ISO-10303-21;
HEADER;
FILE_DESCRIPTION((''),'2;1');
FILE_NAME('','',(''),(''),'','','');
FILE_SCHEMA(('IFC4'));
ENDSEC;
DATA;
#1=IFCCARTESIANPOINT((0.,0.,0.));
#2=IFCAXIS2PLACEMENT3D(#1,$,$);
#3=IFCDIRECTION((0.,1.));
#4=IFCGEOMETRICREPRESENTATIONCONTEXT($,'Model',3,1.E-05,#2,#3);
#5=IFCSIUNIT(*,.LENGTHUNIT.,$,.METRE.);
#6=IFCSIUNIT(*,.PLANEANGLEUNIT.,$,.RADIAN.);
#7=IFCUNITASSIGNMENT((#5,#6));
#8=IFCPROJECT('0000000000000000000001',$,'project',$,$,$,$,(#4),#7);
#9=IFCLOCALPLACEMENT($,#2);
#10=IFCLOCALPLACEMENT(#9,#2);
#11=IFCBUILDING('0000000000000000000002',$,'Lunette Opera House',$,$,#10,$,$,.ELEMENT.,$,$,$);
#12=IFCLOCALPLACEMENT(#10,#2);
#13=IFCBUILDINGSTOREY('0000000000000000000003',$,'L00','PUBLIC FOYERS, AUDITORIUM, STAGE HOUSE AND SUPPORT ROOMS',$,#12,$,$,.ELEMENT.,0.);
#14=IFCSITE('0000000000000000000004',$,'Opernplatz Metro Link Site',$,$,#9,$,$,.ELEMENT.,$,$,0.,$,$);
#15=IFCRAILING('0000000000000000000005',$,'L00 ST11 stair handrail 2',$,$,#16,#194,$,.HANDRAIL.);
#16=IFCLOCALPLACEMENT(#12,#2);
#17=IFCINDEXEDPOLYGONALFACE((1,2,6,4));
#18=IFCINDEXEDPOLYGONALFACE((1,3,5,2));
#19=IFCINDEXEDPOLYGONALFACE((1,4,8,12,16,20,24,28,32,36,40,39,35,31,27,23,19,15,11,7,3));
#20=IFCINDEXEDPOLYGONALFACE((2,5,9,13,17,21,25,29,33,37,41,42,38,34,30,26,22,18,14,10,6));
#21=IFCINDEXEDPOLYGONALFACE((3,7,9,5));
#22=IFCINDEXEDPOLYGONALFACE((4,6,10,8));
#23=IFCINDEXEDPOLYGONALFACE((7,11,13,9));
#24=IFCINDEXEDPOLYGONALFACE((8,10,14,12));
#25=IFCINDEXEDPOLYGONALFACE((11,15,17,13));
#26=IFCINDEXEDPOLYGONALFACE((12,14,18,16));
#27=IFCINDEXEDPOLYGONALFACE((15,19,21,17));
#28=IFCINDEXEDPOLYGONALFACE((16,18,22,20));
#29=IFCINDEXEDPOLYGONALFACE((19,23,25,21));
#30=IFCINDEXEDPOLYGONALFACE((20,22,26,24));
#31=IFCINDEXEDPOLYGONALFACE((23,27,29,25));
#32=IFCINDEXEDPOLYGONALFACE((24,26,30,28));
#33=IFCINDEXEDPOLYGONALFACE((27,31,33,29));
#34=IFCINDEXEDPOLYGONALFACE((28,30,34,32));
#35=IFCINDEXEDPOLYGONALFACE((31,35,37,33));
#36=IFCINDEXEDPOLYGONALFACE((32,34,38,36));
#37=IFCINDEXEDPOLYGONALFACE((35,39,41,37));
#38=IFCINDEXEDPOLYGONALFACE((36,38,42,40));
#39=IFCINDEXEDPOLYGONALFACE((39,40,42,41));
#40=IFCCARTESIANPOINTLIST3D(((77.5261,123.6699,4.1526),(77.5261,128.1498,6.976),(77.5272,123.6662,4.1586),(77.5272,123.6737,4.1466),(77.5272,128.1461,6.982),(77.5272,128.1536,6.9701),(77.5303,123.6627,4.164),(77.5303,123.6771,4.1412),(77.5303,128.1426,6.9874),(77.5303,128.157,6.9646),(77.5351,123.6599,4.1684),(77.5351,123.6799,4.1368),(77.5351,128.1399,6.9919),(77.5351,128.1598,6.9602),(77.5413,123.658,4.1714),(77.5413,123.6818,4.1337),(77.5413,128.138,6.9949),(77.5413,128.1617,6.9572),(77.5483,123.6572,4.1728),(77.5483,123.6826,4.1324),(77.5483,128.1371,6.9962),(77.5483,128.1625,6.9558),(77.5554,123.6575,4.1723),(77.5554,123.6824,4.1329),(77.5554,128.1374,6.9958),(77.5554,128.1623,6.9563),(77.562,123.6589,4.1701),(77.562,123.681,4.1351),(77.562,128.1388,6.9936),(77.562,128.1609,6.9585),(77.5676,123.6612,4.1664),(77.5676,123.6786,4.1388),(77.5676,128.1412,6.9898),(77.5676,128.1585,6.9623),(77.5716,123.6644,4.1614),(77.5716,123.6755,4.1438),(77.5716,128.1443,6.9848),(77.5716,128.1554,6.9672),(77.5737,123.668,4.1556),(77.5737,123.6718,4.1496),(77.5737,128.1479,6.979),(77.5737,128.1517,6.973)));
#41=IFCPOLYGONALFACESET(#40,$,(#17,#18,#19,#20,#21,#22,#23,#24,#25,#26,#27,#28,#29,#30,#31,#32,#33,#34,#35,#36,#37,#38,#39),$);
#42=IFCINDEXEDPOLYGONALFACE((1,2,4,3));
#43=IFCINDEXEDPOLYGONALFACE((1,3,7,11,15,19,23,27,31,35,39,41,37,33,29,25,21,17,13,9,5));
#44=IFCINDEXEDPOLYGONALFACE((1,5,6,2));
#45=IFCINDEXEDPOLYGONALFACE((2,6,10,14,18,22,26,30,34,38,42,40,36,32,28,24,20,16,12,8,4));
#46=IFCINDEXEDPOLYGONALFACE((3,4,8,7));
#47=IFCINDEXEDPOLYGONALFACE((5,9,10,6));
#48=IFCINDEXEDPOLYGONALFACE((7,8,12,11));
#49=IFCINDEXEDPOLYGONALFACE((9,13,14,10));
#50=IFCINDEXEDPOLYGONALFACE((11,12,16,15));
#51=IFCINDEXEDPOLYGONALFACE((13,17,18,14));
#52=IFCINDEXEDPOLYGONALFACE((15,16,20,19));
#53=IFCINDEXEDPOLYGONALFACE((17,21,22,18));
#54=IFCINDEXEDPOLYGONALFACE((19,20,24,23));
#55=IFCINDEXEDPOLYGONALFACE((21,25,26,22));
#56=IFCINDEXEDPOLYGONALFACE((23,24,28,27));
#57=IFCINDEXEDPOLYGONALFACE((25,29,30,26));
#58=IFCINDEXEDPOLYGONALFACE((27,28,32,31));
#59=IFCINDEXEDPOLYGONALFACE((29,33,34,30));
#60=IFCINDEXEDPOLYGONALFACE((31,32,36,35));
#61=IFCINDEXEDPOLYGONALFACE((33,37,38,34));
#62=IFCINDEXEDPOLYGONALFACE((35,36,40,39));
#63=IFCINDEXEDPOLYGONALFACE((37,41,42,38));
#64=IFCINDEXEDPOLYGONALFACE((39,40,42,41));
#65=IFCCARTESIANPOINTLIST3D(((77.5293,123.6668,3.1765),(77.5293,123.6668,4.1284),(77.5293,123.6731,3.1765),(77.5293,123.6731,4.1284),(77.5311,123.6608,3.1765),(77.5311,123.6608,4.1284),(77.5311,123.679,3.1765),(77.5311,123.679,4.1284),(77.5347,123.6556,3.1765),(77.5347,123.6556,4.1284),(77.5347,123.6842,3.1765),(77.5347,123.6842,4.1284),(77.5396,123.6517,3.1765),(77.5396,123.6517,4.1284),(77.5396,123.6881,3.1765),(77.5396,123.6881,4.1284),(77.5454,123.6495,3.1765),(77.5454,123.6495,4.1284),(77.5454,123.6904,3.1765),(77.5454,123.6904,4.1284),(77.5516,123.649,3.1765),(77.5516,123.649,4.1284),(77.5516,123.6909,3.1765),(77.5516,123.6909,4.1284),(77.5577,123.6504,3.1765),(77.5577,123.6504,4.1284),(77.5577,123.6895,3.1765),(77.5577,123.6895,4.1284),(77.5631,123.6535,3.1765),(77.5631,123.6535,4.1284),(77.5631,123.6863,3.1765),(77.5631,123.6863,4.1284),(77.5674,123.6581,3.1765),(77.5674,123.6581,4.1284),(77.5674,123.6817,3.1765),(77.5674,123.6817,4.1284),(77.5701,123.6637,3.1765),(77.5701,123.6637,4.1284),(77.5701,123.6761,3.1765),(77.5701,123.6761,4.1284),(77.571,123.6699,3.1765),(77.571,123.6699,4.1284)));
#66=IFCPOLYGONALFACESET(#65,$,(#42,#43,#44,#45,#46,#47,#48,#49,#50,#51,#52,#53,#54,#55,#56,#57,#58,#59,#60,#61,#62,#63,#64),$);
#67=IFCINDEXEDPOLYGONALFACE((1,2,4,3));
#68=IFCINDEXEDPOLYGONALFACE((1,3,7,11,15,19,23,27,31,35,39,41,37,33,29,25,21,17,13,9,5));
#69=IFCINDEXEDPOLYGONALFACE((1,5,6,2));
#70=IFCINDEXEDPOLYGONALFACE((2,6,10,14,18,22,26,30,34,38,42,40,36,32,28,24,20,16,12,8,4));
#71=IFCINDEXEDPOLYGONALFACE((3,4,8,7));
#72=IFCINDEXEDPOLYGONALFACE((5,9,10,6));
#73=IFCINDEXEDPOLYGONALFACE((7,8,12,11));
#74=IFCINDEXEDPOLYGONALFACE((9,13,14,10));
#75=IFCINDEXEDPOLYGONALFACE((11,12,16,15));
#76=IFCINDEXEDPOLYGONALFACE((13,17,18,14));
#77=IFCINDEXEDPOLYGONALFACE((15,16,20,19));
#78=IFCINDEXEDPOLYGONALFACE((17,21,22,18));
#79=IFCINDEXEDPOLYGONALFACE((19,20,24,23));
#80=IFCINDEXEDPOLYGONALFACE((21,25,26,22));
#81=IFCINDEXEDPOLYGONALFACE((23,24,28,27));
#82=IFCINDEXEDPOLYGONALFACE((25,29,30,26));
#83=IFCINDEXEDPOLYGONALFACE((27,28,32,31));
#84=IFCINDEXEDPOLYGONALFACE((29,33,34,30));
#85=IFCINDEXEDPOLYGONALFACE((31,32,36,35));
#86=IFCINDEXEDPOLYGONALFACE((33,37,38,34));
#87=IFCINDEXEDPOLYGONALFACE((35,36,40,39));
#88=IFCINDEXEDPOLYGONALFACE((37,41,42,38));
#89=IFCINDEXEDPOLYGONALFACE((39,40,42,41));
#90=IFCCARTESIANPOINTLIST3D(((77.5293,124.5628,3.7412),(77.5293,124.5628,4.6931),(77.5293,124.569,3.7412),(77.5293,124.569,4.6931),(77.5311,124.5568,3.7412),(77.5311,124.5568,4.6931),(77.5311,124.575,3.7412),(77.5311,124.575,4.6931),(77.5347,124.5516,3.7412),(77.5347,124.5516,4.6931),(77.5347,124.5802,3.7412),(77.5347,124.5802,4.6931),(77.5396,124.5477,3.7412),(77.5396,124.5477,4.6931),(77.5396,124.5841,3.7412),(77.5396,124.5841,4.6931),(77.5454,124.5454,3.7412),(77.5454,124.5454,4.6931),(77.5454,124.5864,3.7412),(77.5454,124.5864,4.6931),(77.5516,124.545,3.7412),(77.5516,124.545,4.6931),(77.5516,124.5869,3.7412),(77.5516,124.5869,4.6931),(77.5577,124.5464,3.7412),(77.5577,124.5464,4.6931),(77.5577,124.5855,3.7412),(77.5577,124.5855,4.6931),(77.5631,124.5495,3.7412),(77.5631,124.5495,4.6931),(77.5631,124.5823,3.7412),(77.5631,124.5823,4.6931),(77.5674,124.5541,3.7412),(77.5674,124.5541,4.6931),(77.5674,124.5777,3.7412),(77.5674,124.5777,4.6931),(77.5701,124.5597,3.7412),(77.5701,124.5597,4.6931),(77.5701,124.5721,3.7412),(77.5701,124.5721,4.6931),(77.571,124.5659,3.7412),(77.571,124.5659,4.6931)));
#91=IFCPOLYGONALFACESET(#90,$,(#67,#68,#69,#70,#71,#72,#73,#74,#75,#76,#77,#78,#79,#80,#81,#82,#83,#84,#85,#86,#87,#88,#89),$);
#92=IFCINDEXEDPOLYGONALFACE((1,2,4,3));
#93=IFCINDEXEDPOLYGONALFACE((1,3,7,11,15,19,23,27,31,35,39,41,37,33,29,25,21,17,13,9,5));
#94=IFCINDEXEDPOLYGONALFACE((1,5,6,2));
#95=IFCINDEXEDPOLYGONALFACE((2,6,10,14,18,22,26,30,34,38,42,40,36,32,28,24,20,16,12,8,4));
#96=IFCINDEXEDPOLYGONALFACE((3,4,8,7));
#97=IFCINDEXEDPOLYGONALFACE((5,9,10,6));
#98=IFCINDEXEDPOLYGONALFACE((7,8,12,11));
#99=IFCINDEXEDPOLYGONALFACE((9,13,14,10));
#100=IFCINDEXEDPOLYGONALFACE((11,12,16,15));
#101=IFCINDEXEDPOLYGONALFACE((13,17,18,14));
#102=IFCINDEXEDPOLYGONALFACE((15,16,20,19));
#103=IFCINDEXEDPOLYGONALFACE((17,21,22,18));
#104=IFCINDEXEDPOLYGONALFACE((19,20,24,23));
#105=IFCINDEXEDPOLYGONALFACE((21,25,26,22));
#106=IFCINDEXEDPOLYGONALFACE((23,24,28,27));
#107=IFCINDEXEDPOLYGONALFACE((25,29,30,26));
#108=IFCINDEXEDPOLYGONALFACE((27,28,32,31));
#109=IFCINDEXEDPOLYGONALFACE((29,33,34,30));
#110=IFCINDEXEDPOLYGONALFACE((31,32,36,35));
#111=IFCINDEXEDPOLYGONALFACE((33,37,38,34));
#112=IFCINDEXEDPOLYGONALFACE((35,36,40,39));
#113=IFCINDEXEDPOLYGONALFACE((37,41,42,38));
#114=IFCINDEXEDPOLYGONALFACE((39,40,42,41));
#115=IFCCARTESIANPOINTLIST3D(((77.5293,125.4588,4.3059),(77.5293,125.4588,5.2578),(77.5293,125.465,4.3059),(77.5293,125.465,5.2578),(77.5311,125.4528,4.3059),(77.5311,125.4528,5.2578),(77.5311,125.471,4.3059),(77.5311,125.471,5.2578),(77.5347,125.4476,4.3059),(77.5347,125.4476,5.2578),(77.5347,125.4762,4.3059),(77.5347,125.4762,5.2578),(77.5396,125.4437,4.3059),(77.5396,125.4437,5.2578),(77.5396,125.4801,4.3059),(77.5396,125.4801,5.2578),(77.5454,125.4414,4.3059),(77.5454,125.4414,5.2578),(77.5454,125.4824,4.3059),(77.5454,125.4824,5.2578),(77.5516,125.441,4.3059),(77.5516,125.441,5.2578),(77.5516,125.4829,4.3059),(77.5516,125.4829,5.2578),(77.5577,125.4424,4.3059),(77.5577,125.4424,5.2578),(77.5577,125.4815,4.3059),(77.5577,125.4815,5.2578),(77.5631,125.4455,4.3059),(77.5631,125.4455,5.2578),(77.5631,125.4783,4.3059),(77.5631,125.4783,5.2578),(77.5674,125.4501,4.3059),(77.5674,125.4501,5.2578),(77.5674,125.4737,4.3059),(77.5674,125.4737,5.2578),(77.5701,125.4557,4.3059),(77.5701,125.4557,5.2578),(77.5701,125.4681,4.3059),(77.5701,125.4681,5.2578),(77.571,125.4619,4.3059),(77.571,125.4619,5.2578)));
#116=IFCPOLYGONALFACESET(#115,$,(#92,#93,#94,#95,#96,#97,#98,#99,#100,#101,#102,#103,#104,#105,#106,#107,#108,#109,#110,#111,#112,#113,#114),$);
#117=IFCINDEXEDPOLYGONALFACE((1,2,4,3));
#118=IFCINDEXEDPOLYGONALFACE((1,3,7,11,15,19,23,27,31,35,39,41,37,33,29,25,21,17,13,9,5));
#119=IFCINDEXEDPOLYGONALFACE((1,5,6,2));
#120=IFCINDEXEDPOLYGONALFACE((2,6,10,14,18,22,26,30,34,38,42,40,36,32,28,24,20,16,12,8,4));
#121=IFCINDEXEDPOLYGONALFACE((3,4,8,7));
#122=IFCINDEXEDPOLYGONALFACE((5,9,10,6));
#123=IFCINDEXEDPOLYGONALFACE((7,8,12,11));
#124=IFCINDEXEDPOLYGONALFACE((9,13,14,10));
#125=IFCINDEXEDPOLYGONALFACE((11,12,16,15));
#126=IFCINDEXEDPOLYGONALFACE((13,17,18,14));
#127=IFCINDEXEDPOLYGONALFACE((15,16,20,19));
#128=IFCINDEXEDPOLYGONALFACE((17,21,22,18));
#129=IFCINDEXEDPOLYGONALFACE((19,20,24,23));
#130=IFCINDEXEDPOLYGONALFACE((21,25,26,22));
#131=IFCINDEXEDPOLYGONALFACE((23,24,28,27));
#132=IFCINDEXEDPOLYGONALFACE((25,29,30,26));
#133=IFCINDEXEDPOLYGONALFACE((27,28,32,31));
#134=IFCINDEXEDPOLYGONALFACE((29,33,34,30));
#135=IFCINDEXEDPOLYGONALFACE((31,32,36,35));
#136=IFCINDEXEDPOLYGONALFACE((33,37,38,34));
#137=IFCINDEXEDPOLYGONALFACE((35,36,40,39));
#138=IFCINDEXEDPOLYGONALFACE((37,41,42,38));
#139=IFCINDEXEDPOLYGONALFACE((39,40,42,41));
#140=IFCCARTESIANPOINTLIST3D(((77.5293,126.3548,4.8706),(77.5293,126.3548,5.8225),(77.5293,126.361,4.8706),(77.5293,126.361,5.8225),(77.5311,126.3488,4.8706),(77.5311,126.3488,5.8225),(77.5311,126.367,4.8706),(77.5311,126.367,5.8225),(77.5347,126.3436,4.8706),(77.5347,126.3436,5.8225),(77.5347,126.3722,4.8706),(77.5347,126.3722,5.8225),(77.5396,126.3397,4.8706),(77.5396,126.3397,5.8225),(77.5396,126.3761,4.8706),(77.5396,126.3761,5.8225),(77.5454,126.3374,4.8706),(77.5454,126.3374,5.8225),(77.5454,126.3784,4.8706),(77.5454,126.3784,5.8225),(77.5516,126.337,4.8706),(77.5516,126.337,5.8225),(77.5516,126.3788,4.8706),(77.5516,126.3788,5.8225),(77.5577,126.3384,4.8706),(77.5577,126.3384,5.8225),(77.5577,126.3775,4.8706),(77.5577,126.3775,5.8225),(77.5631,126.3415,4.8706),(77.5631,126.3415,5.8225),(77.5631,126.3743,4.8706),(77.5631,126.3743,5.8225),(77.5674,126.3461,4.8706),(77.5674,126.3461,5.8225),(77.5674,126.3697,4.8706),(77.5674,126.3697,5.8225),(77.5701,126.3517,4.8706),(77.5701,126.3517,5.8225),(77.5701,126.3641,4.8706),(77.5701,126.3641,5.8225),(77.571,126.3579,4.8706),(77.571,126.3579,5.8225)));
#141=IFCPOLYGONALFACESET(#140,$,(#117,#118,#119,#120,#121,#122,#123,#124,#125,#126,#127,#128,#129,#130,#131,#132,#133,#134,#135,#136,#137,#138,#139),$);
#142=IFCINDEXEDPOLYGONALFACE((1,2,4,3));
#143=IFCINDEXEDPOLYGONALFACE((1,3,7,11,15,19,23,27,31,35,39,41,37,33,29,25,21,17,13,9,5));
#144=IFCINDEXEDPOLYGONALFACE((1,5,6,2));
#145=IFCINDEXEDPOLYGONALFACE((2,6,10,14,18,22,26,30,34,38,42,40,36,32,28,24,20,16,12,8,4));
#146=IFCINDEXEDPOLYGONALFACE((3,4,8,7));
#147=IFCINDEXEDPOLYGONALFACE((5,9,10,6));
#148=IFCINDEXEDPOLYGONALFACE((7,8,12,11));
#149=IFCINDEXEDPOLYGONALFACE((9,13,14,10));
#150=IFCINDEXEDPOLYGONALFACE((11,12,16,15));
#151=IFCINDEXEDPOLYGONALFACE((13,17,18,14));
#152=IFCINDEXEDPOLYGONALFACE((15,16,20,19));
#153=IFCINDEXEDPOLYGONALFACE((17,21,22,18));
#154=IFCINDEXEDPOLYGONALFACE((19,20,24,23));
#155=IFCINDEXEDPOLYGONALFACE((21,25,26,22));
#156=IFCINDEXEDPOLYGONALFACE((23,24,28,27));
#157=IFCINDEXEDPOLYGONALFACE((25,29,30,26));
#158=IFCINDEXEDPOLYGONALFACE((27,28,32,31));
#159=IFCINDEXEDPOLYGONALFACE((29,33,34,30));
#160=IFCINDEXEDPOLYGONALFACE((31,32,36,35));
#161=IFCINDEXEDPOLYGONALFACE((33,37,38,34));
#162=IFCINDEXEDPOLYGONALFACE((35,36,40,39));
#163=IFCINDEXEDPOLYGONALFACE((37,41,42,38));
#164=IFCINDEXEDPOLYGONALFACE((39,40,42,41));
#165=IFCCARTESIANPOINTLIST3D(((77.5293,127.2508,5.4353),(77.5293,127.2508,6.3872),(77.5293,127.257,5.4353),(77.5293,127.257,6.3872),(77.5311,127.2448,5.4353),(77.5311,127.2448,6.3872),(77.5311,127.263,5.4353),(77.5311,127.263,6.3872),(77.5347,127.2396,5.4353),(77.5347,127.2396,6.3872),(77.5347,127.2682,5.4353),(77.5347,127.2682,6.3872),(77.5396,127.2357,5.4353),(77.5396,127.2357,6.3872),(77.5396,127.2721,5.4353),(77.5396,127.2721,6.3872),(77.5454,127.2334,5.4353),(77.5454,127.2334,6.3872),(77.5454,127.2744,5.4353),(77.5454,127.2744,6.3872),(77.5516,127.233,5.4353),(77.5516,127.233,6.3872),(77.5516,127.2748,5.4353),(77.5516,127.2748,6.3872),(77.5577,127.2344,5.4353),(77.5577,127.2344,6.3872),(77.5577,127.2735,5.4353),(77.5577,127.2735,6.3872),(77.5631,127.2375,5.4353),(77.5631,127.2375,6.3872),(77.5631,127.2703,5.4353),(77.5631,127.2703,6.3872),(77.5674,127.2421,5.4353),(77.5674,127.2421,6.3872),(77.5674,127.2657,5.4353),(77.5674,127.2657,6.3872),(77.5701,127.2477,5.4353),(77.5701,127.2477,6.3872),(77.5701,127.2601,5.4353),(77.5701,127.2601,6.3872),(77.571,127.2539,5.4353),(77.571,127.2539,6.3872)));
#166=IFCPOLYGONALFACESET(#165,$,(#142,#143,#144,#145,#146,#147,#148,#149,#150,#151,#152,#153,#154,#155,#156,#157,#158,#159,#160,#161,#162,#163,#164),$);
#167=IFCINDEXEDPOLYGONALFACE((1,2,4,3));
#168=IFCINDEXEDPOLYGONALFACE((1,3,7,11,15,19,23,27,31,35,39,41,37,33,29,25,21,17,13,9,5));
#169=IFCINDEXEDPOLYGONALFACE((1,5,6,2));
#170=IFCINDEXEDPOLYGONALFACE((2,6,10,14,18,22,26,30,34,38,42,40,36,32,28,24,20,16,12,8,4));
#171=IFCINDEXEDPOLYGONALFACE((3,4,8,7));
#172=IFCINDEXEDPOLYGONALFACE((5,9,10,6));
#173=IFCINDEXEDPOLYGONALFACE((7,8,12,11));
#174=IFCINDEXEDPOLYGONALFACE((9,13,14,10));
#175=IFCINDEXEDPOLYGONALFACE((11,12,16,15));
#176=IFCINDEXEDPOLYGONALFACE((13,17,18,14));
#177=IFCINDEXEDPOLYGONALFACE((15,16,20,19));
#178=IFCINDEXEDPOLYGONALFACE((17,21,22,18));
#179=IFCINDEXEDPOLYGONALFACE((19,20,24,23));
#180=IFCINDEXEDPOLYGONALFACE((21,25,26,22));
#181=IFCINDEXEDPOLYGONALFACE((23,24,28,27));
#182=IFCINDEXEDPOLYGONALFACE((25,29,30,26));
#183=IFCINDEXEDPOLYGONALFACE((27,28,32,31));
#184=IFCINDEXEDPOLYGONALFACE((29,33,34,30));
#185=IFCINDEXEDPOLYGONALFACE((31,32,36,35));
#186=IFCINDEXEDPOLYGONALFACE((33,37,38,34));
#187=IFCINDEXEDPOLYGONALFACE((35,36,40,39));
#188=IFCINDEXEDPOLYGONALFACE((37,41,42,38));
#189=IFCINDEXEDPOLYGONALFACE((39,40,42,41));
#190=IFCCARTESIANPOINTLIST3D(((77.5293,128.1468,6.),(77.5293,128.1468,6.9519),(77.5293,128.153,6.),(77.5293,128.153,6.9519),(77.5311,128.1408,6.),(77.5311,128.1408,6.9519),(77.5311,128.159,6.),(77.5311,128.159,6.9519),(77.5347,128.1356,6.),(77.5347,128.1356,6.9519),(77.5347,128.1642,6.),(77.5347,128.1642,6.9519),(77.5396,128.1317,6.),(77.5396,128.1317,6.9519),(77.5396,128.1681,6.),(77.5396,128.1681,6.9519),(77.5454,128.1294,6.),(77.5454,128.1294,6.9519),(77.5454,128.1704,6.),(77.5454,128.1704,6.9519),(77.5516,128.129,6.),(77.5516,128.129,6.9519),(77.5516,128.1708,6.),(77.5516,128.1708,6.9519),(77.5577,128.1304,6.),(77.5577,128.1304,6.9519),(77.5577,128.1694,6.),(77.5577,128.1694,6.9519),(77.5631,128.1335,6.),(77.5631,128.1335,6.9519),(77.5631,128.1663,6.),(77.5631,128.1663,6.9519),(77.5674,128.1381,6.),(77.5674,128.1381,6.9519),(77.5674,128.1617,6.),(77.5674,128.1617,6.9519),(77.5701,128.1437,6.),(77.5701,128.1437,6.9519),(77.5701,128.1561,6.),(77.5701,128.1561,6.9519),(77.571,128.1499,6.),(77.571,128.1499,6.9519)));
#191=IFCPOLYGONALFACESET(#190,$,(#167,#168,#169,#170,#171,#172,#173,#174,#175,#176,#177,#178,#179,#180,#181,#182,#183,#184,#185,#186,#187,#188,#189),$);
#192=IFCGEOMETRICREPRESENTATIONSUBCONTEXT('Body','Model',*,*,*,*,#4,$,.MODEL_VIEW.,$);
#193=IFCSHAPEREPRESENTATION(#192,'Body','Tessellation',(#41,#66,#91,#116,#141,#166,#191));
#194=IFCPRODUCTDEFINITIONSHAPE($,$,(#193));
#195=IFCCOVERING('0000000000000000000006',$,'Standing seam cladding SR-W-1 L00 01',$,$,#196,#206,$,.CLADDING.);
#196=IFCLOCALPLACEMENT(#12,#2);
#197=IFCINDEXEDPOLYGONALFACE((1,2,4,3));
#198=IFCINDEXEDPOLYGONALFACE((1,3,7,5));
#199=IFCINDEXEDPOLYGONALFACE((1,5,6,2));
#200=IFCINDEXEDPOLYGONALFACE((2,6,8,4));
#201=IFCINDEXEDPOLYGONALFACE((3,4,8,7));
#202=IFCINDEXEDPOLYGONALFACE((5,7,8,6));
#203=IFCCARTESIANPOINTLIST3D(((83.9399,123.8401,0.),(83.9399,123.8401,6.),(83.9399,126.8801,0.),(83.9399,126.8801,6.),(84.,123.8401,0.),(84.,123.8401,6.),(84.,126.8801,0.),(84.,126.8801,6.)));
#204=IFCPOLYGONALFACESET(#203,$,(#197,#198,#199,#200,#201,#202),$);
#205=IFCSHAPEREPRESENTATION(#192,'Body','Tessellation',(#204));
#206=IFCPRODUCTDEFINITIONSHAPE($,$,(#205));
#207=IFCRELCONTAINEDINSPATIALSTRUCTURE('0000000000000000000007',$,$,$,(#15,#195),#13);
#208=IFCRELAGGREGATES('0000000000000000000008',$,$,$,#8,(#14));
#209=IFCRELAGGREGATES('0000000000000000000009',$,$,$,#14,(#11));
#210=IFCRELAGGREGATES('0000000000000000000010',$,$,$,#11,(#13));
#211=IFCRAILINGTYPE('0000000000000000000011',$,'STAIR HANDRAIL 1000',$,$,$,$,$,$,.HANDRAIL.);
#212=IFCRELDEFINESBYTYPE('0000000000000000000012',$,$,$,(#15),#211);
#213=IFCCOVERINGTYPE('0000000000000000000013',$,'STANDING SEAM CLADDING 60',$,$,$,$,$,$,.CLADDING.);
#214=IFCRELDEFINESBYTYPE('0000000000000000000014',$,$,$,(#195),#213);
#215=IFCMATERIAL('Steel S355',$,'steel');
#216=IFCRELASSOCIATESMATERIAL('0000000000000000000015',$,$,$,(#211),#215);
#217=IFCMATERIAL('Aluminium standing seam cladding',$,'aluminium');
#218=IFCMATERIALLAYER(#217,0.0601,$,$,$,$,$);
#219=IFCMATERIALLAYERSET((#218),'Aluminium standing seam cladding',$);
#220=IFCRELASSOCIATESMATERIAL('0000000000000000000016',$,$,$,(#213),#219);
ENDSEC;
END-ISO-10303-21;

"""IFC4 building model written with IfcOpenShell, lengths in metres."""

from ifc_helpers import new_model, si_unit, direction, frame, origin, origin_2d, place, context, subcontext, project, spatial, rectangle, circle, extrude, material, layer, layer_set, type_object, element, save


model = new_model("IFC4")

# Units and contexts
model_context = context("Model", 3, precision=1e-05, world=origin(), true_north=direction((0.0, 1.0)))
body_context = subcontext(model_context, "Body", "Model", "MODEL_VIEW")
ifc_project = project(units=[si_unit("LENGTHUNIT", "METRE"), si_unit("PLANEANGLEUNIT", "RADIAN")], contexts=[model_context])

# Site, building, storey
site_placement = place(None, origin())
site = spatial("IfcSite", under=ifc_project, at=site_placement, Name="Opernplatz Metro Link Site", CompositionType="ELEMENT", RefElevation=0.0)
building_placement = place(site_placement, origin())
building = spatial("IfcBuilding", under=site, at=building_placement, Name="Lunette Opera House", CompositionType="ELEMENT")
storey_placement = place(building_placement, origin())
storey = spatial("IfcBuildingStorey", under=building, at=storey_placement, Name="L00", Description="PUBLIC FOYERS, AUDITORIUM, STAGE HOUSE AND SUPPORT ROOMS", CompositionType="ELEMENT", Elevation=0.0)

# Railing
ifc_material_1 = material(Name="Steel S355", Category="steel")
railing_type_1 = type_object("IfcRailingType", Name="STAIR HANDRAIL 1000", PredefinedType="HANDRAIL", material=ifc_material_1)
railing_1_placement = place(storey_placement, frame((77.55, 123.6699, 3.1765)))
element("IfcRailing", 1, at=railing_1_placement, inside=storey, type_object=railing_type_1, Name="L00 ST11 stair handrail 2", PredefinedType="HANDRAIL", context=body_context, shape_type="SweptSolid", body=[
    extrude(circle(Radius=0.0239, at=origin_2d()), frame((0.0, 0.0, 0.9761), z_axis=(0.0, 0.845998, 0.533186), x_axis=(-1.0, 0.0, 0.0)), (0.0, 0.0, 1.0), 5.2954),
    extrude(circle(Radius=0.021, at=origin_2d()), origin(), (0.0, 0.0, 1.0), 0.9519),
    extrude(circle(Radius=0.021, at=origin_2d()), frame((0.0, 0.896, 0.5647)), (0.0, 0.0, 1.0), 0.9519),
    extrude(circle(Radius=0.021, at=origin_2d()), frame((0.0, 1.792, 1.1294)), (0.0, 0.0, 1.0), 0.9519),
    extrude(circle(Radius=0.021, at=origin_2d()), frame((0.0, 2.688, 1.6941)), (0.0, 0.0, 1.0), 0.9519),
    extrude(circle(Radius=0.021, at=origin_2d()), frame((0.0, 3.584, 2.2588)), (0.0, 0.0, 1.0), 0.9519),
    extrude(circle(Radius=0.021, at=origin_2d()), frame((0.0, 4.48, 2.8235)), (0.0, 0.0, 1.0), 0.9519),
])

# Covering
ifc_material_2 = material(Name="Aluminium standing seam cladding", Category="aluminium")
ifc_layer_1 = layer(ifc_material_2, 0.0601)
ifc_layer_set_1 = layer_set([ifc_layer_1], Name="Aluminium standing seam cladding")
covering_type = type_object("IfcCoveringType", Name="STANDING SEAM CLADDING 60", PredefinedType="CLADDING", material=ifc_layer_set_1)
for number, where, z_axis, x_axis, name in (
    (2, (83.97, 125.3601, 0.0), (0.0, 0.0, 1.0), (0.0, 1.0, 0.0), "Standing seam cladding SR-W-1 L00 01"),
):
    element("IfcCovering", number, at=place(storey_placement, frame(where, z_axis=z_axis, x_axis=x_axis)), inside=storey, type_object=covering_type, Name=name, PredefinedType="CLADDING", context=body_context, shape_type="SweptSolid", body=[
        extrude(rectangle(XDim=3.04, YDim=0.0601, at=origin_2d()), origin(), (0.0, 0.0, 1.0), 6.0),
    ])

save(model, "model.ifc")
